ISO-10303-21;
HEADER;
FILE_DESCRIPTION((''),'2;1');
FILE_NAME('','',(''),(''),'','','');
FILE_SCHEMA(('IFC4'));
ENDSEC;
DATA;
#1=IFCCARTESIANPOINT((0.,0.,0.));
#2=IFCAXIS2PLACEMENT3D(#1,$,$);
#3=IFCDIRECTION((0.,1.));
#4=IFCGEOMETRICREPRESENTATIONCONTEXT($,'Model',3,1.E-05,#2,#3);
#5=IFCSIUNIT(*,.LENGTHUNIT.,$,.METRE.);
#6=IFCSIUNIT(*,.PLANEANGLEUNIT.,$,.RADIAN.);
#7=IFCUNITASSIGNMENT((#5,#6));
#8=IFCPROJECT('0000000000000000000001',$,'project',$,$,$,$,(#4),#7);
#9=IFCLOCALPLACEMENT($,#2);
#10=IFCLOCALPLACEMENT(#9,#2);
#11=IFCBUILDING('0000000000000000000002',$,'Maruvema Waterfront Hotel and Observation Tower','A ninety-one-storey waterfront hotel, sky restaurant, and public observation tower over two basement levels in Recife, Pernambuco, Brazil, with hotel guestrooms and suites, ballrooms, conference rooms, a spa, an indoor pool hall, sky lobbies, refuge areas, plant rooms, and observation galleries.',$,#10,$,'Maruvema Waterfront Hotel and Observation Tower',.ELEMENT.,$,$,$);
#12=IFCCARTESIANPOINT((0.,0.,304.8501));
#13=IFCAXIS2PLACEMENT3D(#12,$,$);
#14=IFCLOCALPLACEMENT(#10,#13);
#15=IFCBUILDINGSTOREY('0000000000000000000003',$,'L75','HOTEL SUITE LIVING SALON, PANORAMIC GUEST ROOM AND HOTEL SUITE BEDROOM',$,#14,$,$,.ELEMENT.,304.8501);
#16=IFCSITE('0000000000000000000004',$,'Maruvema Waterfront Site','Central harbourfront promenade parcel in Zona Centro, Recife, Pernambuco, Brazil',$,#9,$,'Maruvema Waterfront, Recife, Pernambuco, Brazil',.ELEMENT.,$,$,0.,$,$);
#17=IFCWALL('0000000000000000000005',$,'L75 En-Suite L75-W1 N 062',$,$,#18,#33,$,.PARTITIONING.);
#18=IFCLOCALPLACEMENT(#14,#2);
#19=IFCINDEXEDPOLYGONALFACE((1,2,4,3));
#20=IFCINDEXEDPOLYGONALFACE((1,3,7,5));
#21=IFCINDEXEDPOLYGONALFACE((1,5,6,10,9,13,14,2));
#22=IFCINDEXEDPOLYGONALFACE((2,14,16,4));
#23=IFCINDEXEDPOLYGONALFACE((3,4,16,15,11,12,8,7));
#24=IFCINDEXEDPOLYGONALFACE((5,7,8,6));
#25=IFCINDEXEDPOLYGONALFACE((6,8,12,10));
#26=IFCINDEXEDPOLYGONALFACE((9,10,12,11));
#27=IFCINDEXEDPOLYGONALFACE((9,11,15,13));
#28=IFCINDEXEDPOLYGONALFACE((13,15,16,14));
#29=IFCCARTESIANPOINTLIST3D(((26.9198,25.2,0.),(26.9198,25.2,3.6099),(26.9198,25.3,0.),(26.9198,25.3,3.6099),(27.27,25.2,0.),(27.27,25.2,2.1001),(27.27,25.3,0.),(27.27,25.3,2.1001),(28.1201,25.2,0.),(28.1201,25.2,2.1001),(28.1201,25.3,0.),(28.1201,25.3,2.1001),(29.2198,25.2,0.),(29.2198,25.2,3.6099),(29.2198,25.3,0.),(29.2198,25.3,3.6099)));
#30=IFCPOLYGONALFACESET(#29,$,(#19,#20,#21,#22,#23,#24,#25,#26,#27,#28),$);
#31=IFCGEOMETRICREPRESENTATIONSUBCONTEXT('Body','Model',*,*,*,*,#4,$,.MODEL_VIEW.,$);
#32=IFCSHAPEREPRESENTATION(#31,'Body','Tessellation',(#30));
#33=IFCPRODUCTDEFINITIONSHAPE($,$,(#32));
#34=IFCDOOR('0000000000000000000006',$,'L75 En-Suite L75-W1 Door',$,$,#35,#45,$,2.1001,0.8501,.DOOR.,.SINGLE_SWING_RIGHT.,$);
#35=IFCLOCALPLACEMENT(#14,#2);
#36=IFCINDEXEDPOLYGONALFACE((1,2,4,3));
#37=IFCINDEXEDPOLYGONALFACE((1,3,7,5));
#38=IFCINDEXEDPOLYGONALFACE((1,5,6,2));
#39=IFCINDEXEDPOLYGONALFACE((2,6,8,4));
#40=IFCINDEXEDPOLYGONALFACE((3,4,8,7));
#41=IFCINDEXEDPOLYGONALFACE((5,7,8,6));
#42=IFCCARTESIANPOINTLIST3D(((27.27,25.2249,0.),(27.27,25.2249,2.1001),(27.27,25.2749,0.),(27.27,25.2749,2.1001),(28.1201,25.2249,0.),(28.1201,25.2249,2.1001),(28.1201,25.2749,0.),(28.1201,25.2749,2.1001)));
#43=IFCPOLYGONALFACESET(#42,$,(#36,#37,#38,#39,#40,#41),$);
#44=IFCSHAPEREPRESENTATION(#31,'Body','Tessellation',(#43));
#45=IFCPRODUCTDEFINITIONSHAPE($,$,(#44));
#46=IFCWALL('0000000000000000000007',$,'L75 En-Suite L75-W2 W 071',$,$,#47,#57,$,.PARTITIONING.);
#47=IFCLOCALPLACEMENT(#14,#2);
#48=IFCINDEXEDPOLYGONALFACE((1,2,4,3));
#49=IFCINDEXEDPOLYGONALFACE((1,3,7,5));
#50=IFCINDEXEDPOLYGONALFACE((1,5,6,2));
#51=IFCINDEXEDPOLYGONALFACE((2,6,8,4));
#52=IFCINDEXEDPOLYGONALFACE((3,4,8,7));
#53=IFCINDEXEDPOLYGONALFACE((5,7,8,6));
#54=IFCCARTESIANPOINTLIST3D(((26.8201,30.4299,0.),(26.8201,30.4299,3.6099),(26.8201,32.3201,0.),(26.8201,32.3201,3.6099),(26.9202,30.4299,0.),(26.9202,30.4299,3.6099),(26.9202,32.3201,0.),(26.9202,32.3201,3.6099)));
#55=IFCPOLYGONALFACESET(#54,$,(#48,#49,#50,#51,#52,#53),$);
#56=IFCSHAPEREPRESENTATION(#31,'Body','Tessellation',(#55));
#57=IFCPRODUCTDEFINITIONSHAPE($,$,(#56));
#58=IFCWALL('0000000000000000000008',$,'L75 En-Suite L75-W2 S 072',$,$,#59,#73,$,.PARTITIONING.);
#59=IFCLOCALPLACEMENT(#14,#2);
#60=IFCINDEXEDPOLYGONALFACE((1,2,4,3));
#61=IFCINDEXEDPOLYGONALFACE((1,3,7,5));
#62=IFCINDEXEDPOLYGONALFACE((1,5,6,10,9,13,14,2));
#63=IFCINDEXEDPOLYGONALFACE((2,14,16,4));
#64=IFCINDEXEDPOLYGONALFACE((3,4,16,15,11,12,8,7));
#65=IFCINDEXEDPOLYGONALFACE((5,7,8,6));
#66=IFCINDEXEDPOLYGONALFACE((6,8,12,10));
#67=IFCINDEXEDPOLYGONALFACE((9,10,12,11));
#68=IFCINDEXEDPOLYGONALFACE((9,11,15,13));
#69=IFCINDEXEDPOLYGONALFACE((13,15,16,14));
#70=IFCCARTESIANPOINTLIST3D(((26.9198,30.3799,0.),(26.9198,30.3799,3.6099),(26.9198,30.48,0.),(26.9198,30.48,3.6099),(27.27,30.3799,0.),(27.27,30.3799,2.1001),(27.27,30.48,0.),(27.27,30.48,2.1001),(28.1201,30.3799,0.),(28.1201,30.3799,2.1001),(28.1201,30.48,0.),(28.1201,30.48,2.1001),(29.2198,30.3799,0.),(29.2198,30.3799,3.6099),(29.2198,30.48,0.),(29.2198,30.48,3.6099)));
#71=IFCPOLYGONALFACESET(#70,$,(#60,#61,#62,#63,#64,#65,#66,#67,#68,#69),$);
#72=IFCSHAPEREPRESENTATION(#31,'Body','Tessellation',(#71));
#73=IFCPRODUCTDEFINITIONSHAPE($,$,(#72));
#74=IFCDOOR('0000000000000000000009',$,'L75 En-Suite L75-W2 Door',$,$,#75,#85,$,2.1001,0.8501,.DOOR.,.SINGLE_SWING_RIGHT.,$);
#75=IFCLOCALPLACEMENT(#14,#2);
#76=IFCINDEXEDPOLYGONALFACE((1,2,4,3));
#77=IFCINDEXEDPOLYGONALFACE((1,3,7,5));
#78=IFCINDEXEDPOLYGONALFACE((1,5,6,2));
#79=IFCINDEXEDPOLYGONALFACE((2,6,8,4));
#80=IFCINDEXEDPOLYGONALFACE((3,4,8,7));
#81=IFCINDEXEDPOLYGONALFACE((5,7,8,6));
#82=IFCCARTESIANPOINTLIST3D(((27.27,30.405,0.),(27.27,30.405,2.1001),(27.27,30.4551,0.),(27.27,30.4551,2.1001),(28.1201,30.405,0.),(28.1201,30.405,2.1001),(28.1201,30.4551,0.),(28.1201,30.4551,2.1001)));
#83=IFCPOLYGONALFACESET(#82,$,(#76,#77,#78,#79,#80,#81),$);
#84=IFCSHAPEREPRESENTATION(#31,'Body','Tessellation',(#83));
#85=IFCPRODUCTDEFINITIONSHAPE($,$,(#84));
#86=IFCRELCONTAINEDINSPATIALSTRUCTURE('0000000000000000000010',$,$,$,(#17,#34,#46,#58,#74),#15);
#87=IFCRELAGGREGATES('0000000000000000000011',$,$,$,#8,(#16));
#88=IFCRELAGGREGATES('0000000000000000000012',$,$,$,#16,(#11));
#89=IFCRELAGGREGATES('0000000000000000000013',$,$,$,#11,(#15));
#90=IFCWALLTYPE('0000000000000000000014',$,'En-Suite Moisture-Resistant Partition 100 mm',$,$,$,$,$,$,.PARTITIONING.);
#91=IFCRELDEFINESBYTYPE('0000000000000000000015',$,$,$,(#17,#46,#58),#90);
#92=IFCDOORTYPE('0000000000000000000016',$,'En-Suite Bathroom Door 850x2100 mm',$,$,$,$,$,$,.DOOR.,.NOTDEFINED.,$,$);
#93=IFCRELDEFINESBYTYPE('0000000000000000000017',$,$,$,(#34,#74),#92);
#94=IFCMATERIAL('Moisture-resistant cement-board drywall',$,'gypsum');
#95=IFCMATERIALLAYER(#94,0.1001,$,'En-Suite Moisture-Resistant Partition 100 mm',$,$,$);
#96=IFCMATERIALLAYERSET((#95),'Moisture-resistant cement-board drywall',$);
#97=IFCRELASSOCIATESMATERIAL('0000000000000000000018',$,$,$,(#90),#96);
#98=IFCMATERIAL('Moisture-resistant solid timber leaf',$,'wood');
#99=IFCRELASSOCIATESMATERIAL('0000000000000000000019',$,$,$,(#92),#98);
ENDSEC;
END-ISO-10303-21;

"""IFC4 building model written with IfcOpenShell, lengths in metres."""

from ifc_helpers import new_model, si_unit, direction, frame, frame_2d, origin, place, context, subcontext, project, spatial, rectangle, extrude, material, layer, layer_set, type_object, element, fill, save


model = new_model("IFC4")

# Units and contexts
model_context = context("Model", 3, precision=1e-05, world=origin(), true_north=direction((0.0, 1.0)))
body_context = subcontext(model_context, "Body", "Model", "MODEL_VIEW")
ifc_project = project(units=[si_unit("LENGTHUNIT", "METRE"), si_unit("PLANEANGLEUNIT", "RADIAN")], contexts=[model_context])

# Site, building, storey
site_placement = place(None, origin())
site = spatial("IfcSite", under=ifc_project, at=site_placement, Name="Maruvema Waterfront Site", Description="Central harbourfront promenade parcel in Zona Centro, Recife, Pernambuco, Brazil", LongName="Maruvema Waterfront, Recife, Pernambuco, Brazil", CompositionType="ELEMENT", RefElevation=0.0)
building_placement = place(site_placement, origin())
building = spatial("IfcBuilding", under=site, at=building_placement, Name="Maruvema Waterfront Hotel and Observation Tower", Description="A ninety-one-storey waterfront hotel, sky restaurant, and public observation tower over two basement levels in Recife, Pernambuco, Brazil, with hotel guestrooms and suites, ballrooms, conference rooms, a spa, an indoor pool hall, sky lobbies, refuge areas, plant rooms, and observation galleries.", LongName="Maruvema Waterfront Hotel and Observation Tower", CompositionType="ELEMENT")
storey_placement = place(building_placement, frame((0.0, 0.0, 304.8501)))
storey = spatial("IfcBuildingStorey", under=building, at=storey_placement, Name="L75", Description="HOTEL SUITE LIVING SALON, PANORAMIC GUEST ROOM AND HOTEL SUITE BEDROOM", CompositionType="ELEMENT", Elevation=304.8501)

# Wall, opening, door
ifc_material_1 = material(Name="Moisture-resistant cement-board drywall", Category="gypsum")
ifc_layer_1 = layer(ifc_material_1, 0.1001, Name="En-Suite Moisture-Resistant Partition 100 mm")
ifc_layer_set_1 = layer_set([ifc_layer_1], Name="Moisture-resistant cement-board drywall")
wall_type_1 = type_object("IfcWallType", Name="En-Suite Moisture-Resistant Partition 100 mm", PredefinedType="PARTITIONING", material=ifc_layer_set_1)
wall_1_placement = place(storey_placement, frame((26.9199, 25.25, 0.0), z_axis=(0.0, 0.0, 1.0), x_axis=(1.0, 0.0, 0.0)))
wall_1 = element("IfcWall", 1, at=wall_1_placement, inside=storey, type_object=wall_type_1, Name="L75 En-Suite L75-W1 N 062", PredefinedType="PARTITIONING", context=body_context, shape_type="SweptSolid", body=[
    extrude(rectangle(XDim=2.3, YDim=0.1001, at=frame_2d((1.1499, 0.0))), origin(), (0.0, 0.0, 1.0), 3.6099),
])
opening_1_placement = place(wall_1_placement, frame((0.3501, 0.0, 0.0)))
opening_1 = element("IfcOpeningElement", 2, at=opening_1_placement, cuts=wall_1, PredefinedType="OPENING", context=body_context, shape_type="SweptSolid", body=[
    extrude(rectangle(XDim=0.8501, YDim=2.1001, at=frame_2d((0.425, 1.05))), frame((0.0, 0.0601, 0.0), z_axis=(0.0, -1.0, 0.0), x_axis=(1.0, 0.0, 0.0)), (0.0, 0.0, 1.0), 0.1201),
])
ifc_material_2 = material(Name="Moisture-resistant solid timber leaf", Category="wood")
door_type_1 = type_object("IfcDoorType", Name="En-Suite Bathroom Door 850x2100 mm", OperationType="NOTDEFINED", PredefinedType="DOOR", material=ifc_material_2)
door_1_placement = place(opening_1_placement, origin())
door_1 = element("IfcDoor", 3, at=door_1_placement, inside=storey, type_object=door_type_1, Name="L75 En-Suite L75-W1 Door", OperationType="SINGLE_SWING_RIGHT", OverallHeight=2.1001, OverallWidth=0.8501, PredefinedType="DOOR", context=body_context, shape_type="SweptSolid", body=[
    extrude(rectangle(XDim=0.8501, YDim=2.1001, at=frame_2d((0.425, 1.05))), frame((0.0, 0.0249, 0.0), z_axis=(0.0, -1.0, 0.0), x_axis=(1.0, 0.0, 0.0)), (0.0, 0.0, 1.0), 0.05),
])
fill(opening_1, door_1)

# Wall
wall_2_placement = place(storey_placement, frame((26.8701, 30.4299, 0.0), z_axis=(0.0, 0.0, 1.0), x_axis=(0.0, 1.0, 0.0)))
element("IfcWall", 4, at=wall_2_placement, inside=storey, type_object=wall_type_1, Name="L75 En-Suite L75-W2 W 071", PredefinedType="PARTITIONING", context=body_context, shape_type="SweptSolid", body=[
    extrude(rectangle(XDim=1.8901, YDim=0.1001, at=frame_2d((0.9451, 0.0))), origin(), (0.0, 0.0, 1.0), 3.6099),
])

# Wall, opening, door
wall_3_placement = place(storey_placement, frame((26.9199, 30.4299, 0.0), z_axis=(0.0, 0.0, 1.0), x_axis=(1.0, 0.0, 0.0)))
wall_3 = element("IfcWall", 5, at=wall_3_placement, inside=storey, type_object=wall_type_1, Name="L75 En-Suite L75-W2 S 072", PredefinedType="PARTITIONING", context=body_context, shape_type="SweptSolid", body=[
    extrude(rectangle(XDim=2.3, YDim=0.1001, at=frame_2d((1.1499, 0.0))), origin(), (0.0, 0.0, 1.0), 3.6099),
])
opening_2_placement = place(wall_3_placement, frame((0.3501, 0.0, 0.0)))
opening_2 = element("IfcOpeningElement", 6, at=opening_2_placement, cuts=wall_3, PredefinedType="OPENING", context=body_context, shape_type="SweptSolid", body=[
    extrude(rectangle(XDim=0.8501, YDim=2.1001, at=frame_2d((0.425, 1.05))), frame((0.0, 0.0601, 0.0), z_axis=(0.0, -1.0, 0.0), x_axis=(1.0, 0.0, 0.0)), (0.0, 0.0, 1.0), 0.1201),
])
door_2_placement = place(opening_2_placement, frame((0.8501, 0.0, 0.0), z_axis=(0.0, 0.0, 1.0), x_axis=(-1.0, 0.0, 0.0)))
door_2 = element("IfcDoor", 7, at=door_2_placement, inside=storey, type_object=door_type_1, Name="L75 En-Suite L75-W2 Door", OperationType="SINGLE_SWING_RIGHT", OverallHeight=2.1001, OverallWidth=0.8501, PredefinedType="DOOR", context=body_context, shape_type="SweptSolid", body=[
    extrude(rectangle(XDim=0.8501, YDim=2.1001, at=frame_2d((0.425, 1.05))), frame((0.0, 0.0249, 0.0), z_axis=(0.0, -1.0, 0.0), x_axis=(1.0, 0.0, 0.0)), (0.0, 0.0, 1.0), 0.05),
])
fill(opening_2, door_2)

save(model, "model.ifc")
